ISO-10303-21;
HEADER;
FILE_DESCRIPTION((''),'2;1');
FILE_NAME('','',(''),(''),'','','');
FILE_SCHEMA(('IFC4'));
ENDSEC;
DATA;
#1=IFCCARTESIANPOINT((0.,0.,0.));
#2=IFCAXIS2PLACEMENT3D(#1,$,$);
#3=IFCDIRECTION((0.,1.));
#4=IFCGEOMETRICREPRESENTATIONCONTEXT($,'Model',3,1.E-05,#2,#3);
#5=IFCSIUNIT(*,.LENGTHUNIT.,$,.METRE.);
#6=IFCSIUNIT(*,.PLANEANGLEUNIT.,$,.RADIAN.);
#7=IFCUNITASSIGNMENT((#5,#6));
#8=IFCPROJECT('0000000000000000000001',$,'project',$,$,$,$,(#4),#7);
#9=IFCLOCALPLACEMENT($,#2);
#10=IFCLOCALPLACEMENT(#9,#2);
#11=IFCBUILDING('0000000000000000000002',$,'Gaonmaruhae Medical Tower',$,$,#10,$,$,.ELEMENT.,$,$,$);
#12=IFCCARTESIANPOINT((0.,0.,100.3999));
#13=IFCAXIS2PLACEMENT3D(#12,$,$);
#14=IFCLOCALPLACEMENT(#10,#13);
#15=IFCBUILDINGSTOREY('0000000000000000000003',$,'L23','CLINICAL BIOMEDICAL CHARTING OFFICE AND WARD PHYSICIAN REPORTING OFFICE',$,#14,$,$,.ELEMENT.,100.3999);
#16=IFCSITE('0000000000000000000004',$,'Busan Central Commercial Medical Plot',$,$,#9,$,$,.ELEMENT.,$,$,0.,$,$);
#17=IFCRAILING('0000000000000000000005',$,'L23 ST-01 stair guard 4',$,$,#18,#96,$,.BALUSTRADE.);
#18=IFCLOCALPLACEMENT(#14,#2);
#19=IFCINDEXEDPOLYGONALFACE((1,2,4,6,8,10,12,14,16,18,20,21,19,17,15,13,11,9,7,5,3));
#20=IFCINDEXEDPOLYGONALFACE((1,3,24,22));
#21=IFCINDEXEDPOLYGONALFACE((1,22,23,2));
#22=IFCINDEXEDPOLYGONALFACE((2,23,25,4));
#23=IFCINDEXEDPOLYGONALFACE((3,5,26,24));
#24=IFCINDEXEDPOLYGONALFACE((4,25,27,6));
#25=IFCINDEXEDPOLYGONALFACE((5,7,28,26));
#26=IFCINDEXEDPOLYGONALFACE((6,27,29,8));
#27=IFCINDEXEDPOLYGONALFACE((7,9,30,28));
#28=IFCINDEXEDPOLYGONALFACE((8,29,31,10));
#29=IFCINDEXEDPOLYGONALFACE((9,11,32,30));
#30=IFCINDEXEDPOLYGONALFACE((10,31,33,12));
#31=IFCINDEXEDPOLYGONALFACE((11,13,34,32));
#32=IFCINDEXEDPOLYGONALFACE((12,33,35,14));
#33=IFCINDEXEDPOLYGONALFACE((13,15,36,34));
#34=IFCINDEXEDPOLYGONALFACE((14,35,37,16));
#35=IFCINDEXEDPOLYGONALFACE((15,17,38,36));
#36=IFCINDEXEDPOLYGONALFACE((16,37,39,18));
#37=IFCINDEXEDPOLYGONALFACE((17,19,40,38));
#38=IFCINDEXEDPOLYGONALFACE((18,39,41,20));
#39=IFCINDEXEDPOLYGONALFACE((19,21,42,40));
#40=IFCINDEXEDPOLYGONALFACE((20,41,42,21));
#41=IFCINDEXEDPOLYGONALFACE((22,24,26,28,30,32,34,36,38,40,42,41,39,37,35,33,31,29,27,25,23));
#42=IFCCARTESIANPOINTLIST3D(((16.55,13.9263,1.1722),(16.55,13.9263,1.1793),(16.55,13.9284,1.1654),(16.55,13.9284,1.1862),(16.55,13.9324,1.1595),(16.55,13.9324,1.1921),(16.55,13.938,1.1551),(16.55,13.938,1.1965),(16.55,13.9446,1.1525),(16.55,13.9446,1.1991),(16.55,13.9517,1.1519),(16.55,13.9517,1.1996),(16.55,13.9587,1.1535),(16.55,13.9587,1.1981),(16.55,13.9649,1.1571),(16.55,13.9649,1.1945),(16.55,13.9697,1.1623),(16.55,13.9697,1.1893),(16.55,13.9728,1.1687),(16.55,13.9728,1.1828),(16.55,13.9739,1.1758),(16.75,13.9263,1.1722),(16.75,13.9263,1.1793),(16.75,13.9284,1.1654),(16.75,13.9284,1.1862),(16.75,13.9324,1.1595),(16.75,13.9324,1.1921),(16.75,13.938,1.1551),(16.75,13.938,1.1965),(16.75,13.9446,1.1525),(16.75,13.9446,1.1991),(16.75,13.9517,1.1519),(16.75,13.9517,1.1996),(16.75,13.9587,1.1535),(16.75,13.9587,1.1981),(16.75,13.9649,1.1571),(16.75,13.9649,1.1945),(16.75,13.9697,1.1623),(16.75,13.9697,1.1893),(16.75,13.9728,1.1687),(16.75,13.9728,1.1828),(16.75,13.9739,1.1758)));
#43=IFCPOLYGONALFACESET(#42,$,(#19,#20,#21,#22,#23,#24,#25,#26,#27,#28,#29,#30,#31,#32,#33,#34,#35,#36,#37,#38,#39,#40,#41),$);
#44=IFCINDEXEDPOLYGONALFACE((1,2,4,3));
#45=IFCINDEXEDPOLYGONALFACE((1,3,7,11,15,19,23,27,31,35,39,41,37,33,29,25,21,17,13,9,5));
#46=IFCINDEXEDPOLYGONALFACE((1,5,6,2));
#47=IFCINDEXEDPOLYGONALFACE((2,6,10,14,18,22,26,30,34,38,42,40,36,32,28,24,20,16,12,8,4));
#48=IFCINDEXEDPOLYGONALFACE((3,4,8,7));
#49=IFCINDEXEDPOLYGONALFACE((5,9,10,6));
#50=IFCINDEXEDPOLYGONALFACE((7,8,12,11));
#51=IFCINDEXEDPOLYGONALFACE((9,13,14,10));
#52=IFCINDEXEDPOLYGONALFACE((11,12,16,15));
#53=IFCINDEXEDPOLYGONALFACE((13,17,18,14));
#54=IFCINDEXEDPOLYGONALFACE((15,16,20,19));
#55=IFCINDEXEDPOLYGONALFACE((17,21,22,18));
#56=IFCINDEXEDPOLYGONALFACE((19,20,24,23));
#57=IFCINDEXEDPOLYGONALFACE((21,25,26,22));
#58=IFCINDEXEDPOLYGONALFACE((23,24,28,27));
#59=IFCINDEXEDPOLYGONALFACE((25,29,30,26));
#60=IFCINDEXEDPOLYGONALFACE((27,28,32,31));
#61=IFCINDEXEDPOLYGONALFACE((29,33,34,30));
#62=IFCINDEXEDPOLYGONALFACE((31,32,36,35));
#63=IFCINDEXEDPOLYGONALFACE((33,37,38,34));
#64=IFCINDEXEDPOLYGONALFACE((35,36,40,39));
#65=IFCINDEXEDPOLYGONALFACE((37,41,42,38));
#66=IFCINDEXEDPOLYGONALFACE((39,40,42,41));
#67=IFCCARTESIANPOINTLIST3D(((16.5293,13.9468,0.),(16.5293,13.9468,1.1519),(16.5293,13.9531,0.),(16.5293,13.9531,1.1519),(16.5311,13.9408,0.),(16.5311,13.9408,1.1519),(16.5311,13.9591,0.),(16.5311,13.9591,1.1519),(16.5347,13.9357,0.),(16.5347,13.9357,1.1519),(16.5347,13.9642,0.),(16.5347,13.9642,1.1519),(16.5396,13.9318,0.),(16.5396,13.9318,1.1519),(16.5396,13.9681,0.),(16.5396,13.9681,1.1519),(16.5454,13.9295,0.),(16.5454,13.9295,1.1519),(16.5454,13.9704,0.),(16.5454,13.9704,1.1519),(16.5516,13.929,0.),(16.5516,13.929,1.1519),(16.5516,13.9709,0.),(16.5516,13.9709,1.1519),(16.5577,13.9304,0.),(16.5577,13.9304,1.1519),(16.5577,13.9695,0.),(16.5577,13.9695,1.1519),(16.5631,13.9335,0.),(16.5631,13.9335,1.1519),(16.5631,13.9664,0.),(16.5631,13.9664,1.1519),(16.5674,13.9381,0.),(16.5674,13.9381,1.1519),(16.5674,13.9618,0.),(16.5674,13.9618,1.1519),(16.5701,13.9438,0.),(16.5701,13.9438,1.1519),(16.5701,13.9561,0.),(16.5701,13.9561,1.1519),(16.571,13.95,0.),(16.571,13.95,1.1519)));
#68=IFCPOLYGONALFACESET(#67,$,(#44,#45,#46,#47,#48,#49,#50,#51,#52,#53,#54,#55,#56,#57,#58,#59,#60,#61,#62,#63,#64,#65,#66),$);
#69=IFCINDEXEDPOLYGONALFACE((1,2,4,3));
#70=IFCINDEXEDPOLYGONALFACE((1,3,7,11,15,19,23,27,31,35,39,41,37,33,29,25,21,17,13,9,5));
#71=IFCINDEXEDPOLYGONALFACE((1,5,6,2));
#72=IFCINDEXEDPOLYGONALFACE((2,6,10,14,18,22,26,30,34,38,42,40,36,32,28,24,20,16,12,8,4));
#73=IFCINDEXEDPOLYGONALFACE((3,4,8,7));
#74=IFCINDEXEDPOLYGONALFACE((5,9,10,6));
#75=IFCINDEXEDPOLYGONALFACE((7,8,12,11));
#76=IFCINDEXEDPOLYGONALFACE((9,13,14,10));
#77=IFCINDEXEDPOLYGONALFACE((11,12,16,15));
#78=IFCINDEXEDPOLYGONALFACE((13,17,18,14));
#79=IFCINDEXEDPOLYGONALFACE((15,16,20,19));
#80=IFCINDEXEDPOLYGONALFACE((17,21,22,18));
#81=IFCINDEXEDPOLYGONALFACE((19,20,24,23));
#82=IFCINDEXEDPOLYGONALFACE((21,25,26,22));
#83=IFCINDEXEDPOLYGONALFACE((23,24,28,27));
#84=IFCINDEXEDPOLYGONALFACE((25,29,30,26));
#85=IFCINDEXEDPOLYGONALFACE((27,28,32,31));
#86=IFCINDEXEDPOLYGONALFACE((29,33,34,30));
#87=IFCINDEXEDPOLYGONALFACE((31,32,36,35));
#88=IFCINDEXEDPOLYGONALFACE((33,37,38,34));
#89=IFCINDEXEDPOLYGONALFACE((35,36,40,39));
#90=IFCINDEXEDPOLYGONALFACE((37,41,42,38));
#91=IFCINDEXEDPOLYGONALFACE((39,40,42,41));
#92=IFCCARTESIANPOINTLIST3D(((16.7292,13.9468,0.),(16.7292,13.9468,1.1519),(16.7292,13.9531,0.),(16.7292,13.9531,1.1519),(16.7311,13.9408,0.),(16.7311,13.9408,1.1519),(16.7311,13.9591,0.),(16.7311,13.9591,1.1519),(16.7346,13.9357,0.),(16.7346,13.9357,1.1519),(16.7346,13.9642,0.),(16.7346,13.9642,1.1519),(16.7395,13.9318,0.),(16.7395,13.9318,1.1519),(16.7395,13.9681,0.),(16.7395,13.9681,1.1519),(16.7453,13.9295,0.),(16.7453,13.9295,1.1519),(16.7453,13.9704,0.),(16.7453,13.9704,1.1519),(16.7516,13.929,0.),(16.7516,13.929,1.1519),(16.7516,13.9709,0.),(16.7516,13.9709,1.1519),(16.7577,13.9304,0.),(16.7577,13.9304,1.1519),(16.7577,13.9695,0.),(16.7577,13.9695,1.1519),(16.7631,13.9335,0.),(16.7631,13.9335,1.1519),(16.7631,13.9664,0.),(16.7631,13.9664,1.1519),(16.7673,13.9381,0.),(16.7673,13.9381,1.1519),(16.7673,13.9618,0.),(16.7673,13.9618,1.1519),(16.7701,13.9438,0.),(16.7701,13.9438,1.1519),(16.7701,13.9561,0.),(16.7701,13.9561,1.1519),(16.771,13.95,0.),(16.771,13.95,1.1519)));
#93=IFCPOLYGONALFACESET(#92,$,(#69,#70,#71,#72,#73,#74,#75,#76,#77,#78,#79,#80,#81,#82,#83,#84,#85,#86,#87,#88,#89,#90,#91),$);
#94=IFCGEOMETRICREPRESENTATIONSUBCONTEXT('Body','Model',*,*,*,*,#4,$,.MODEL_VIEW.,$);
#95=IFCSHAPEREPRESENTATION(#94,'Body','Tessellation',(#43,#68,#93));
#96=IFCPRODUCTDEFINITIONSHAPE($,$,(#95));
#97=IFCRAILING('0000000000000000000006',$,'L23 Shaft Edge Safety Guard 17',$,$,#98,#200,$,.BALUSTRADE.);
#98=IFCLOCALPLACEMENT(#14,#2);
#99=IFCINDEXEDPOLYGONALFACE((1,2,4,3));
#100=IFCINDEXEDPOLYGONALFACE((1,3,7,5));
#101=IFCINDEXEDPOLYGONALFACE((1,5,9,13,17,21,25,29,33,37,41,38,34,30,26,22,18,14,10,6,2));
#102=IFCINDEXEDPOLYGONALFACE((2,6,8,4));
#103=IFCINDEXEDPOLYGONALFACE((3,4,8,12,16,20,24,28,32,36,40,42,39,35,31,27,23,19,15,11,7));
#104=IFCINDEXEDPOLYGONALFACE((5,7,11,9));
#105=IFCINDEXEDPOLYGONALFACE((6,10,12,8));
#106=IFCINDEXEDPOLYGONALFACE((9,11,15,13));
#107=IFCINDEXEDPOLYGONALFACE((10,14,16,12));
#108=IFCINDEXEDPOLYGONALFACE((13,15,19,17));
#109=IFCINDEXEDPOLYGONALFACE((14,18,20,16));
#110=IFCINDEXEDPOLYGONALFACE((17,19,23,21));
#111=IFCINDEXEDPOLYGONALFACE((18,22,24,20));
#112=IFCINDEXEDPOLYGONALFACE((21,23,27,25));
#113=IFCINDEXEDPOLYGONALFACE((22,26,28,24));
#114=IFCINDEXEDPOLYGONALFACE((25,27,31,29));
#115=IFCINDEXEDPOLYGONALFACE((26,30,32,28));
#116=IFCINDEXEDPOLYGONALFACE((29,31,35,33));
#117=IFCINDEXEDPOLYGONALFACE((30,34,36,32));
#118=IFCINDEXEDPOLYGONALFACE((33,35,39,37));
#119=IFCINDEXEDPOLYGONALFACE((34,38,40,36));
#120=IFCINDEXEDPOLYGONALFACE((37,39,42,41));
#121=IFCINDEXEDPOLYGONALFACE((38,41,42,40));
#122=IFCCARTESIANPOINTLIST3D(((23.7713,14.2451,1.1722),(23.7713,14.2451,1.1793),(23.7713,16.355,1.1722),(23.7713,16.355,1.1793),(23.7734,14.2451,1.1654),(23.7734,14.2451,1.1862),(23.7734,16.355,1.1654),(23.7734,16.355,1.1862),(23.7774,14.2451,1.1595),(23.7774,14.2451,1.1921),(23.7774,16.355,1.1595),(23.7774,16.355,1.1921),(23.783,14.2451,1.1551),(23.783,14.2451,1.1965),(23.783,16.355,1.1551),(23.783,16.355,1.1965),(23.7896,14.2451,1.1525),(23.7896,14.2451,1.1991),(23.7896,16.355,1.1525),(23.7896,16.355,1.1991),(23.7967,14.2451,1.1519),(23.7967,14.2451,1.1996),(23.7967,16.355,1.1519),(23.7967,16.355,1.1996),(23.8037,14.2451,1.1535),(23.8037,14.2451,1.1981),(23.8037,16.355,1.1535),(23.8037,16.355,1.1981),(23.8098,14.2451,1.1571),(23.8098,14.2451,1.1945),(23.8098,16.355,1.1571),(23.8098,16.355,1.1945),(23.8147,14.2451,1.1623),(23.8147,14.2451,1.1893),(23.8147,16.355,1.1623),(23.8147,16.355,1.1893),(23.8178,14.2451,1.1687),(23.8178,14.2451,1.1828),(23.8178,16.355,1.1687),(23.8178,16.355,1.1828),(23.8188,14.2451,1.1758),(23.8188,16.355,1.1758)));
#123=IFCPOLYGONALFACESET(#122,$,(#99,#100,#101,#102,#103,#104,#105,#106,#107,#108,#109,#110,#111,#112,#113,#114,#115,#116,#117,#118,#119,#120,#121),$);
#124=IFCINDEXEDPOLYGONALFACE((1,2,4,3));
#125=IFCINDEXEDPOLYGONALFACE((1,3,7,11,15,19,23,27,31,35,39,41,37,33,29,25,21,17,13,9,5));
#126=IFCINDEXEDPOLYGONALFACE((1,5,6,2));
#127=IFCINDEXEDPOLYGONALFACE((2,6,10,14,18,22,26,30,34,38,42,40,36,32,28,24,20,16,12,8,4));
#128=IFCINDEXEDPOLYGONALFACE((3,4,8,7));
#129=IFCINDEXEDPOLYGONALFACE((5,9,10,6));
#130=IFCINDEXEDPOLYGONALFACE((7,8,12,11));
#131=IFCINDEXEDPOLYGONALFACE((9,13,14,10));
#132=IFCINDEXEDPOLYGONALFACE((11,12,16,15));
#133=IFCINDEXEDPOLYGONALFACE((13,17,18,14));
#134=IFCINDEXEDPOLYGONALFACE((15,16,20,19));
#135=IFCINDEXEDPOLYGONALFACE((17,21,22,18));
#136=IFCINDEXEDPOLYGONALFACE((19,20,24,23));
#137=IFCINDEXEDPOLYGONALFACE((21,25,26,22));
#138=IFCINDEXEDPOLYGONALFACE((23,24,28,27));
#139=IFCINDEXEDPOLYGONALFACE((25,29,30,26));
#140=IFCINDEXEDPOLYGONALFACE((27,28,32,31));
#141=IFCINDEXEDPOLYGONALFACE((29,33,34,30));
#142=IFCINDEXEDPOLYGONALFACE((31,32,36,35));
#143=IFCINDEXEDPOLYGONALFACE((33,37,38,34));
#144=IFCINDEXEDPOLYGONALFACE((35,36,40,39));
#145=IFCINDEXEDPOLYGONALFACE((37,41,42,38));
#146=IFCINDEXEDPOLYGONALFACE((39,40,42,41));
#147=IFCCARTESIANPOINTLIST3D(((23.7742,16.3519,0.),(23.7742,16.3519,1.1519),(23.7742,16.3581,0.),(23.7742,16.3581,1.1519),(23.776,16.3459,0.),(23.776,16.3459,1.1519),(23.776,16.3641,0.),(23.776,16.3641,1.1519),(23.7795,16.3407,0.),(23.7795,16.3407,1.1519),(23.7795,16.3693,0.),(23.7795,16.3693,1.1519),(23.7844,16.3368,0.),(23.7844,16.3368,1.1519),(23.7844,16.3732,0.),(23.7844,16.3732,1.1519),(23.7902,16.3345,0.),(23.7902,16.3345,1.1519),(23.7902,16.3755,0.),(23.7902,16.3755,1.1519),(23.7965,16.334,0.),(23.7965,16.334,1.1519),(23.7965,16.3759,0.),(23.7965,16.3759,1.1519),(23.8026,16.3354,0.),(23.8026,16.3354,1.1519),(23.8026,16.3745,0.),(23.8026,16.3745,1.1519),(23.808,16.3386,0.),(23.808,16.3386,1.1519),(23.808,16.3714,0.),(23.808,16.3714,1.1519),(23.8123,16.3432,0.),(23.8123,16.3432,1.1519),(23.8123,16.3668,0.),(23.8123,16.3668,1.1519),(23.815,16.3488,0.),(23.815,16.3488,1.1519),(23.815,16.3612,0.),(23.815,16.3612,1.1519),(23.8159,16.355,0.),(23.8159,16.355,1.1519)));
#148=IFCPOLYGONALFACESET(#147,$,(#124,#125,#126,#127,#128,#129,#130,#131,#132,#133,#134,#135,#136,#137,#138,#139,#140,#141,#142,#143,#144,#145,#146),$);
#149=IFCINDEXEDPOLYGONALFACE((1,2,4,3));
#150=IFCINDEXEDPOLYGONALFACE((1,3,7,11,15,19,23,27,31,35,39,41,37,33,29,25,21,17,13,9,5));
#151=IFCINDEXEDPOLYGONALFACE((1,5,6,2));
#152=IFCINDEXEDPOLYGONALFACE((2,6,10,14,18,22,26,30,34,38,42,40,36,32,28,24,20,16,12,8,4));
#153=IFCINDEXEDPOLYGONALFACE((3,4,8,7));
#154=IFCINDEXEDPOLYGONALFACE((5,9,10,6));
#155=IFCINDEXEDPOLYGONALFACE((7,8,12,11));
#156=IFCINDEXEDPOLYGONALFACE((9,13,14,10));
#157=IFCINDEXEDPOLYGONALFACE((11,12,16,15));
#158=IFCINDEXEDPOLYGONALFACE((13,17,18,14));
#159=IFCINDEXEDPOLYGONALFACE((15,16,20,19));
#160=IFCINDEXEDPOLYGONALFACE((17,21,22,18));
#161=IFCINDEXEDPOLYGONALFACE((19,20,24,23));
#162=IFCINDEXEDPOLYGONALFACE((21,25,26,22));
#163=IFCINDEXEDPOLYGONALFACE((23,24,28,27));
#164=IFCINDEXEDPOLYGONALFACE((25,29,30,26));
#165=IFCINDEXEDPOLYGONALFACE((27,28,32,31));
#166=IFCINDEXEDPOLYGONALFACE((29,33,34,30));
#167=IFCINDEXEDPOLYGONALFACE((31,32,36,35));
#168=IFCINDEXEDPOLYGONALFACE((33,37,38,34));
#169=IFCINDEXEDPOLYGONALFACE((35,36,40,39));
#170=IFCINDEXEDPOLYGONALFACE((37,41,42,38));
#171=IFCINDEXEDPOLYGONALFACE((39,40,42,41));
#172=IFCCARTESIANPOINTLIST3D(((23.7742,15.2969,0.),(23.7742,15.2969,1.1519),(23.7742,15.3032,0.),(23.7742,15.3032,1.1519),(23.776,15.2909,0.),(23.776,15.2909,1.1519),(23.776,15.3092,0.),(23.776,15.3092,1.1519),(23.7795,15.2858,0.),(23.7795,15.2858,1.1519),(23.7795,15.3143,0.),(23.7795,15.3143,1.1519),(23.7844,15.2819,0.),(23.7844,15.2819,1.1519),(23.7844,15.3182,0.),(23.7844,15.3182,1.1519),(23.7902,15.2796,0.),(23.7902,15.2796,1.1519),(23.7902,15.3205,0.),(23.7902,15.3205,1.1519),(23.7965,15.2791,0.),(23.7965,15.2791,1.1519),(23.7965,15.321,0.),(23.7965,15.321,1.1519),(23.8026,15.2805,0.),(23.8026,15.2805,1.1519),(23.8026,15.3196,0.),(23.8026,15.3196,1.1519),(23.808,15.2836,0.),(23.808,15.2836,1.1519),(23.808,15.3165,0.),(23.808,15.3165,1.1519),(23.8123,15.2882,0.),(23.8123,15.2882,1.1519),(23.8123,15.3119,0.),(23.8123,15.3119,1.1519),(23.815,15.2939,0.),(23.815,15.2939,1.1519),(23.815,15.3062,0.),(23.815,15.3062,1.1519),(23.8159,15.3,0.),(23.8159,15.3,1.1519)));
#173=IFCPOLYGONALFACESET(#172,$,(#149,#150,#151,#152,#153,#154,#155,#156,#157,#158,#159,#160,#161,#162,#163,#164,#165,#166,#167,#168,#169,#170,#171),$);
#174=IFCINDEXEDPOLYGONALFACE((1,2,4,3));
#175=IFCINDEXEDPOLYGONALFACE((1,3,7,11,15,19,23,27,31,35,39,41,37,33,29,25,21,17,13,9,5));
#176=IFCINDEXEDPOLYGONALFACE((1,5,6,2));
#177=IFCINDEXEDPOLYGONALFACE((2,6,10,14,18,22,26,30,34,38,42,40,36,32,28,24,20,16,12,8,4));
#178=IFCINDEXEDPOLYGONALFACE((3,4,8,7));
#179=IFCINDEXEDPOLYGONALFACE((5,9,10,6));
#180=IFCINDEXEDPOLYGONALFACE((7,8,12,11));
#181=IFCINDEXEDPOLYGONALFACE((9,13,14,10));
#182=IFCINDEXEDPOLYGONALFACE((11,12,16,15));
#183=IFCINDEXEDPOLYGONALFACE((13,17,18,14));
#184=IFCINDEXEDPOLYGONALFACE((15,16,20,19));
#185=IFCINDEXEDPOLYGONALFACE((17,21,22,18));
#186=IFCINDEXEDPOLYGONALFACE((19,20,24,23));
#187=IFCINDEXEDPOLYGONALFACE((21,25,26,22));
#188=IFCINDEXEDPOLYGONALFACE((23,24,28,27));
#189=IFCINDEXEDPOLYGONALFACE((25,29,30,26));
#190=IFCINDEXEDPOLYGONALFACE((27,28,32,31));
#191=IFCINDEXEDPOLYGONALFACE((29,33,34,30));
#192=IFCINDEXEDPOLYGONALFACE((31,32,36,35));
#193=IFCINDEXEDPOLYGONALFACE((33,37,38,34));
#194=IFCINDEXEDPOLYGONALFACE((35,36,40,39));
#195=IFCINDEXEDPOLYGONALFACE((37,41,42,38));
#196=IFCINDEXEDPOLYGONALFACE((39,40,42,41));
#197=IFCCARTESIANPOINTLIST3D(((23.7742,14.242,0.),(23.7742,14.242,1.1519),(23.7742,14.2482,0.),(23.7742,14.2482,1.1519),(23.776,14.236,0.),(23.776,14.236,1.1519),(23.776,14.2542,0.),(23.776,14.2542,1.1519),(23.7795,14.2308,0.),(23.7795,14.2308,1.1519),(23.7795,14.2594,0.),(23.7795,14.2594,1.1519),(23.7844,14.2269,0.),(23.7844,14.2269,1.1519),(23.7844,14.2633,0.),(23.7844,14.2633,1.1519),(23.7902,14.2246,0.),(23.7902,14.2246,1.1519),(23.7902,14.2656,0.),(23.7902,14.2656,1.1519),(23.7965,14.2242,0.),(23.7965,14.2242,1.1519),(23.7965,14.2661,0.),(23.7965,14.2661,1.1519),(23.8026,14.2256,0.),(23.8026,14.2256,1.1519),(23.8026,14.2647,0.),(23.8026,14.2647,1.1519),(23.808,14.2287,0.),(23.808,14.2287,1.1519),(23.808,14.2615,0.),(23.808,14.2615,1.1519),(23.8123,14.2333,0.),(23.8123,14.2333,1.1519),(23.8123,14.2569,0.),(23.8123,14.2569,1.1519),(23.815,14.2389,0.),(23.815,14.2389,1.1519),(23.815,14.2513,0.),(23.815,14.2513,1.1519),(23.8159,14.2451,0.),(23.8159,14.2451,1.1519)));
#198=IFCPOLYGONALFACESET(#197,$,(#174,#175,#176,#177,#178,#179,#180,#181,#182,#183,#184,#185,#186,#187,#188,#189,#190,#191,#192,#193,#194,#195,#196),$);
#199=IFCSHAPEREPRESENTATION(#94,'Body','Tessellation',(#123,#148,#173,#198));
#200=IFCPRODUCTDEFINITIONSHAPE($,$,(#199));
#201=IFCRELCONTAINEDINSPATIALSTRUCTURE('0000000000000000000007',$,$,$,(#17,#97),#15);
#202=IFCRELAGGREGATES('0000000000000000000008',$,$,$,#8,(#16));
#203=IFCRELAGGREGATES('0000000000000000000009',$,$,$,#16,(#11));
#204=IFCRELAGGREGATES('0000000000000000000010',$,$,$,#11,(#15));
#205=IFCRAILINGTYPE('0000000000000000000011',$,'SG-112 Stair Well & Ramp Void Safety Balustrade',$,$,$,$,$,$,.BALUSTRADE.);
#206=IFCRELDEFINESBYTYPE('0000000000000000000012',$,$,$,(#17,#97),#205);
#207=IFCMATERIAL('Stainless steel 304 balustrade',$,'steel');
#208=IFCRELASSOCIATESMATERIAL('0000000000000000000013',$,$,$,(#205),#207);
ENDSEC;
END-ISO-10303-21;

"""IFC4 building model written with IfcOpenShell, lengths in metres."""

from ifc_helpers import new_model, si_unit, direction, frame, origin, origin_2d, place, context, subcontext, project, spatial, circle, extrude, material, type_object, element, save


model = new_model("IFC4")

# Units and contexts
model_context = context("Model", 3, precision=1e-05, world=origin(), true_north=direction((0.0, 1.0)))
body_context = subcontext(model_context, "Body", "Model", "MODEL_VIEW")
ifc_project = project(units=[si_unit("LENGTHUNIT", "METRE"), si_unit("PLANEANGLEUNIT", "RADIAN")], contexts=[model_context])

# Site, building, storey
site_placement = place(None, origin())
site = spatial("IfcSite", under=ifc_project, at=site_placement, Name="Busan Central Commercial Medical Plot", CompositionType="ELEMENT", RefElevation=0.0)
building_placement = place(site_placement, origin())
building = spatial("IfcBuilding", under=site, at=building_placement, Name="Gaonmaruhae Medical Tower", CompositionType="ELEMENT")
storey_placement = place(building_placement, frame((0.0, 0.0, 100.3999)))
storey = spatial("IfcBuildingStorey", under=building, at=storey_placement, Name="L23", Description="CLINICAL BIOMEDICAL CHARTING OFFICE AND WARD PHYSICIAN REPORTING OFFICE", CompositionType="ELEMENT", Elevation=100.3999)

# Railings
ifc_material_1 = material(Name="Stainless steel 304 balustrade", Category="steel")
railing_type_1 = type_object("IfcRailingType", Name="SG-112 Stair Well & Ramp Void Safety Balustrade", PredefinedType="BALUSTRADE", material=ifc_material_1)
railing_1_placement = place(storey_placement, frame((16.55, 13.95, 0.0)))
element("IfcRailing", 1, at=railing_1_placement, inside=storey, type_object=railing_type_1, Name="L23 ST-01 stair guard 4", PredefinedType="BALUSTRADE", context=body_context, shape_type="SweptSolid", body=[
    extrude(circle(Radius=0.0239, at=origin_2d()), frame((0.0, 0.0, 1.1758), z_axis=(1.0, 0.0, 0.0), x_axis=(0.0, 1.0, 0.0)), (0.0, 0.0, 1.0), 0.2),
    extrude(circle(Radius=0.021, at=origin_2d()), origin(), (0.0, 0.0, 1.0), 1.1519),
    extrude(circle(Radius=0.021, at=origin_2d()), frame((0.2, 0.0, 0.0)), (0.0, 0.0, 1.0), 1.1519),
])
railing_2_placement = place(storey_placement, frame((23.7949, 16.355, 0.0)))
element("IfcRailing", 2, at=railing_2_placement, inside=storey, type_object=railing_type_1, Name="L23 Shaft Edge Safety Guard 17", PredefinedType="BALUSTRADE", context=body_context, shape_type="SweptSolid", body=[
    extrude(circle(Radius=0.0239, at=origin_2d()), frame((0.0, 0.0, 1.1758), z_axis=(0.0, -1.0, 0.0), x_axis=(1.0, 0.0, 0.0)), (0.0, 0.0, 1.0), 2.1099),
    extrude(circle(Radius=0.021, at=origin_2d()), origin(), (0.0, 0.0, 1.0), 1.1519),
    extrude(circle(Radius=0.021, at=origin_2d()), frame((0.0, -1.0549, 0.0)), (0.0, 0.0, 1.0), 1.1519),
    extrude(circle(Radius=0.021, at=origin_2d()), frame((0.0, -2.1099, 0.0)), (0.0, 0.0, 1.0), 1.1519),
])

save(model, "model.ifc")
